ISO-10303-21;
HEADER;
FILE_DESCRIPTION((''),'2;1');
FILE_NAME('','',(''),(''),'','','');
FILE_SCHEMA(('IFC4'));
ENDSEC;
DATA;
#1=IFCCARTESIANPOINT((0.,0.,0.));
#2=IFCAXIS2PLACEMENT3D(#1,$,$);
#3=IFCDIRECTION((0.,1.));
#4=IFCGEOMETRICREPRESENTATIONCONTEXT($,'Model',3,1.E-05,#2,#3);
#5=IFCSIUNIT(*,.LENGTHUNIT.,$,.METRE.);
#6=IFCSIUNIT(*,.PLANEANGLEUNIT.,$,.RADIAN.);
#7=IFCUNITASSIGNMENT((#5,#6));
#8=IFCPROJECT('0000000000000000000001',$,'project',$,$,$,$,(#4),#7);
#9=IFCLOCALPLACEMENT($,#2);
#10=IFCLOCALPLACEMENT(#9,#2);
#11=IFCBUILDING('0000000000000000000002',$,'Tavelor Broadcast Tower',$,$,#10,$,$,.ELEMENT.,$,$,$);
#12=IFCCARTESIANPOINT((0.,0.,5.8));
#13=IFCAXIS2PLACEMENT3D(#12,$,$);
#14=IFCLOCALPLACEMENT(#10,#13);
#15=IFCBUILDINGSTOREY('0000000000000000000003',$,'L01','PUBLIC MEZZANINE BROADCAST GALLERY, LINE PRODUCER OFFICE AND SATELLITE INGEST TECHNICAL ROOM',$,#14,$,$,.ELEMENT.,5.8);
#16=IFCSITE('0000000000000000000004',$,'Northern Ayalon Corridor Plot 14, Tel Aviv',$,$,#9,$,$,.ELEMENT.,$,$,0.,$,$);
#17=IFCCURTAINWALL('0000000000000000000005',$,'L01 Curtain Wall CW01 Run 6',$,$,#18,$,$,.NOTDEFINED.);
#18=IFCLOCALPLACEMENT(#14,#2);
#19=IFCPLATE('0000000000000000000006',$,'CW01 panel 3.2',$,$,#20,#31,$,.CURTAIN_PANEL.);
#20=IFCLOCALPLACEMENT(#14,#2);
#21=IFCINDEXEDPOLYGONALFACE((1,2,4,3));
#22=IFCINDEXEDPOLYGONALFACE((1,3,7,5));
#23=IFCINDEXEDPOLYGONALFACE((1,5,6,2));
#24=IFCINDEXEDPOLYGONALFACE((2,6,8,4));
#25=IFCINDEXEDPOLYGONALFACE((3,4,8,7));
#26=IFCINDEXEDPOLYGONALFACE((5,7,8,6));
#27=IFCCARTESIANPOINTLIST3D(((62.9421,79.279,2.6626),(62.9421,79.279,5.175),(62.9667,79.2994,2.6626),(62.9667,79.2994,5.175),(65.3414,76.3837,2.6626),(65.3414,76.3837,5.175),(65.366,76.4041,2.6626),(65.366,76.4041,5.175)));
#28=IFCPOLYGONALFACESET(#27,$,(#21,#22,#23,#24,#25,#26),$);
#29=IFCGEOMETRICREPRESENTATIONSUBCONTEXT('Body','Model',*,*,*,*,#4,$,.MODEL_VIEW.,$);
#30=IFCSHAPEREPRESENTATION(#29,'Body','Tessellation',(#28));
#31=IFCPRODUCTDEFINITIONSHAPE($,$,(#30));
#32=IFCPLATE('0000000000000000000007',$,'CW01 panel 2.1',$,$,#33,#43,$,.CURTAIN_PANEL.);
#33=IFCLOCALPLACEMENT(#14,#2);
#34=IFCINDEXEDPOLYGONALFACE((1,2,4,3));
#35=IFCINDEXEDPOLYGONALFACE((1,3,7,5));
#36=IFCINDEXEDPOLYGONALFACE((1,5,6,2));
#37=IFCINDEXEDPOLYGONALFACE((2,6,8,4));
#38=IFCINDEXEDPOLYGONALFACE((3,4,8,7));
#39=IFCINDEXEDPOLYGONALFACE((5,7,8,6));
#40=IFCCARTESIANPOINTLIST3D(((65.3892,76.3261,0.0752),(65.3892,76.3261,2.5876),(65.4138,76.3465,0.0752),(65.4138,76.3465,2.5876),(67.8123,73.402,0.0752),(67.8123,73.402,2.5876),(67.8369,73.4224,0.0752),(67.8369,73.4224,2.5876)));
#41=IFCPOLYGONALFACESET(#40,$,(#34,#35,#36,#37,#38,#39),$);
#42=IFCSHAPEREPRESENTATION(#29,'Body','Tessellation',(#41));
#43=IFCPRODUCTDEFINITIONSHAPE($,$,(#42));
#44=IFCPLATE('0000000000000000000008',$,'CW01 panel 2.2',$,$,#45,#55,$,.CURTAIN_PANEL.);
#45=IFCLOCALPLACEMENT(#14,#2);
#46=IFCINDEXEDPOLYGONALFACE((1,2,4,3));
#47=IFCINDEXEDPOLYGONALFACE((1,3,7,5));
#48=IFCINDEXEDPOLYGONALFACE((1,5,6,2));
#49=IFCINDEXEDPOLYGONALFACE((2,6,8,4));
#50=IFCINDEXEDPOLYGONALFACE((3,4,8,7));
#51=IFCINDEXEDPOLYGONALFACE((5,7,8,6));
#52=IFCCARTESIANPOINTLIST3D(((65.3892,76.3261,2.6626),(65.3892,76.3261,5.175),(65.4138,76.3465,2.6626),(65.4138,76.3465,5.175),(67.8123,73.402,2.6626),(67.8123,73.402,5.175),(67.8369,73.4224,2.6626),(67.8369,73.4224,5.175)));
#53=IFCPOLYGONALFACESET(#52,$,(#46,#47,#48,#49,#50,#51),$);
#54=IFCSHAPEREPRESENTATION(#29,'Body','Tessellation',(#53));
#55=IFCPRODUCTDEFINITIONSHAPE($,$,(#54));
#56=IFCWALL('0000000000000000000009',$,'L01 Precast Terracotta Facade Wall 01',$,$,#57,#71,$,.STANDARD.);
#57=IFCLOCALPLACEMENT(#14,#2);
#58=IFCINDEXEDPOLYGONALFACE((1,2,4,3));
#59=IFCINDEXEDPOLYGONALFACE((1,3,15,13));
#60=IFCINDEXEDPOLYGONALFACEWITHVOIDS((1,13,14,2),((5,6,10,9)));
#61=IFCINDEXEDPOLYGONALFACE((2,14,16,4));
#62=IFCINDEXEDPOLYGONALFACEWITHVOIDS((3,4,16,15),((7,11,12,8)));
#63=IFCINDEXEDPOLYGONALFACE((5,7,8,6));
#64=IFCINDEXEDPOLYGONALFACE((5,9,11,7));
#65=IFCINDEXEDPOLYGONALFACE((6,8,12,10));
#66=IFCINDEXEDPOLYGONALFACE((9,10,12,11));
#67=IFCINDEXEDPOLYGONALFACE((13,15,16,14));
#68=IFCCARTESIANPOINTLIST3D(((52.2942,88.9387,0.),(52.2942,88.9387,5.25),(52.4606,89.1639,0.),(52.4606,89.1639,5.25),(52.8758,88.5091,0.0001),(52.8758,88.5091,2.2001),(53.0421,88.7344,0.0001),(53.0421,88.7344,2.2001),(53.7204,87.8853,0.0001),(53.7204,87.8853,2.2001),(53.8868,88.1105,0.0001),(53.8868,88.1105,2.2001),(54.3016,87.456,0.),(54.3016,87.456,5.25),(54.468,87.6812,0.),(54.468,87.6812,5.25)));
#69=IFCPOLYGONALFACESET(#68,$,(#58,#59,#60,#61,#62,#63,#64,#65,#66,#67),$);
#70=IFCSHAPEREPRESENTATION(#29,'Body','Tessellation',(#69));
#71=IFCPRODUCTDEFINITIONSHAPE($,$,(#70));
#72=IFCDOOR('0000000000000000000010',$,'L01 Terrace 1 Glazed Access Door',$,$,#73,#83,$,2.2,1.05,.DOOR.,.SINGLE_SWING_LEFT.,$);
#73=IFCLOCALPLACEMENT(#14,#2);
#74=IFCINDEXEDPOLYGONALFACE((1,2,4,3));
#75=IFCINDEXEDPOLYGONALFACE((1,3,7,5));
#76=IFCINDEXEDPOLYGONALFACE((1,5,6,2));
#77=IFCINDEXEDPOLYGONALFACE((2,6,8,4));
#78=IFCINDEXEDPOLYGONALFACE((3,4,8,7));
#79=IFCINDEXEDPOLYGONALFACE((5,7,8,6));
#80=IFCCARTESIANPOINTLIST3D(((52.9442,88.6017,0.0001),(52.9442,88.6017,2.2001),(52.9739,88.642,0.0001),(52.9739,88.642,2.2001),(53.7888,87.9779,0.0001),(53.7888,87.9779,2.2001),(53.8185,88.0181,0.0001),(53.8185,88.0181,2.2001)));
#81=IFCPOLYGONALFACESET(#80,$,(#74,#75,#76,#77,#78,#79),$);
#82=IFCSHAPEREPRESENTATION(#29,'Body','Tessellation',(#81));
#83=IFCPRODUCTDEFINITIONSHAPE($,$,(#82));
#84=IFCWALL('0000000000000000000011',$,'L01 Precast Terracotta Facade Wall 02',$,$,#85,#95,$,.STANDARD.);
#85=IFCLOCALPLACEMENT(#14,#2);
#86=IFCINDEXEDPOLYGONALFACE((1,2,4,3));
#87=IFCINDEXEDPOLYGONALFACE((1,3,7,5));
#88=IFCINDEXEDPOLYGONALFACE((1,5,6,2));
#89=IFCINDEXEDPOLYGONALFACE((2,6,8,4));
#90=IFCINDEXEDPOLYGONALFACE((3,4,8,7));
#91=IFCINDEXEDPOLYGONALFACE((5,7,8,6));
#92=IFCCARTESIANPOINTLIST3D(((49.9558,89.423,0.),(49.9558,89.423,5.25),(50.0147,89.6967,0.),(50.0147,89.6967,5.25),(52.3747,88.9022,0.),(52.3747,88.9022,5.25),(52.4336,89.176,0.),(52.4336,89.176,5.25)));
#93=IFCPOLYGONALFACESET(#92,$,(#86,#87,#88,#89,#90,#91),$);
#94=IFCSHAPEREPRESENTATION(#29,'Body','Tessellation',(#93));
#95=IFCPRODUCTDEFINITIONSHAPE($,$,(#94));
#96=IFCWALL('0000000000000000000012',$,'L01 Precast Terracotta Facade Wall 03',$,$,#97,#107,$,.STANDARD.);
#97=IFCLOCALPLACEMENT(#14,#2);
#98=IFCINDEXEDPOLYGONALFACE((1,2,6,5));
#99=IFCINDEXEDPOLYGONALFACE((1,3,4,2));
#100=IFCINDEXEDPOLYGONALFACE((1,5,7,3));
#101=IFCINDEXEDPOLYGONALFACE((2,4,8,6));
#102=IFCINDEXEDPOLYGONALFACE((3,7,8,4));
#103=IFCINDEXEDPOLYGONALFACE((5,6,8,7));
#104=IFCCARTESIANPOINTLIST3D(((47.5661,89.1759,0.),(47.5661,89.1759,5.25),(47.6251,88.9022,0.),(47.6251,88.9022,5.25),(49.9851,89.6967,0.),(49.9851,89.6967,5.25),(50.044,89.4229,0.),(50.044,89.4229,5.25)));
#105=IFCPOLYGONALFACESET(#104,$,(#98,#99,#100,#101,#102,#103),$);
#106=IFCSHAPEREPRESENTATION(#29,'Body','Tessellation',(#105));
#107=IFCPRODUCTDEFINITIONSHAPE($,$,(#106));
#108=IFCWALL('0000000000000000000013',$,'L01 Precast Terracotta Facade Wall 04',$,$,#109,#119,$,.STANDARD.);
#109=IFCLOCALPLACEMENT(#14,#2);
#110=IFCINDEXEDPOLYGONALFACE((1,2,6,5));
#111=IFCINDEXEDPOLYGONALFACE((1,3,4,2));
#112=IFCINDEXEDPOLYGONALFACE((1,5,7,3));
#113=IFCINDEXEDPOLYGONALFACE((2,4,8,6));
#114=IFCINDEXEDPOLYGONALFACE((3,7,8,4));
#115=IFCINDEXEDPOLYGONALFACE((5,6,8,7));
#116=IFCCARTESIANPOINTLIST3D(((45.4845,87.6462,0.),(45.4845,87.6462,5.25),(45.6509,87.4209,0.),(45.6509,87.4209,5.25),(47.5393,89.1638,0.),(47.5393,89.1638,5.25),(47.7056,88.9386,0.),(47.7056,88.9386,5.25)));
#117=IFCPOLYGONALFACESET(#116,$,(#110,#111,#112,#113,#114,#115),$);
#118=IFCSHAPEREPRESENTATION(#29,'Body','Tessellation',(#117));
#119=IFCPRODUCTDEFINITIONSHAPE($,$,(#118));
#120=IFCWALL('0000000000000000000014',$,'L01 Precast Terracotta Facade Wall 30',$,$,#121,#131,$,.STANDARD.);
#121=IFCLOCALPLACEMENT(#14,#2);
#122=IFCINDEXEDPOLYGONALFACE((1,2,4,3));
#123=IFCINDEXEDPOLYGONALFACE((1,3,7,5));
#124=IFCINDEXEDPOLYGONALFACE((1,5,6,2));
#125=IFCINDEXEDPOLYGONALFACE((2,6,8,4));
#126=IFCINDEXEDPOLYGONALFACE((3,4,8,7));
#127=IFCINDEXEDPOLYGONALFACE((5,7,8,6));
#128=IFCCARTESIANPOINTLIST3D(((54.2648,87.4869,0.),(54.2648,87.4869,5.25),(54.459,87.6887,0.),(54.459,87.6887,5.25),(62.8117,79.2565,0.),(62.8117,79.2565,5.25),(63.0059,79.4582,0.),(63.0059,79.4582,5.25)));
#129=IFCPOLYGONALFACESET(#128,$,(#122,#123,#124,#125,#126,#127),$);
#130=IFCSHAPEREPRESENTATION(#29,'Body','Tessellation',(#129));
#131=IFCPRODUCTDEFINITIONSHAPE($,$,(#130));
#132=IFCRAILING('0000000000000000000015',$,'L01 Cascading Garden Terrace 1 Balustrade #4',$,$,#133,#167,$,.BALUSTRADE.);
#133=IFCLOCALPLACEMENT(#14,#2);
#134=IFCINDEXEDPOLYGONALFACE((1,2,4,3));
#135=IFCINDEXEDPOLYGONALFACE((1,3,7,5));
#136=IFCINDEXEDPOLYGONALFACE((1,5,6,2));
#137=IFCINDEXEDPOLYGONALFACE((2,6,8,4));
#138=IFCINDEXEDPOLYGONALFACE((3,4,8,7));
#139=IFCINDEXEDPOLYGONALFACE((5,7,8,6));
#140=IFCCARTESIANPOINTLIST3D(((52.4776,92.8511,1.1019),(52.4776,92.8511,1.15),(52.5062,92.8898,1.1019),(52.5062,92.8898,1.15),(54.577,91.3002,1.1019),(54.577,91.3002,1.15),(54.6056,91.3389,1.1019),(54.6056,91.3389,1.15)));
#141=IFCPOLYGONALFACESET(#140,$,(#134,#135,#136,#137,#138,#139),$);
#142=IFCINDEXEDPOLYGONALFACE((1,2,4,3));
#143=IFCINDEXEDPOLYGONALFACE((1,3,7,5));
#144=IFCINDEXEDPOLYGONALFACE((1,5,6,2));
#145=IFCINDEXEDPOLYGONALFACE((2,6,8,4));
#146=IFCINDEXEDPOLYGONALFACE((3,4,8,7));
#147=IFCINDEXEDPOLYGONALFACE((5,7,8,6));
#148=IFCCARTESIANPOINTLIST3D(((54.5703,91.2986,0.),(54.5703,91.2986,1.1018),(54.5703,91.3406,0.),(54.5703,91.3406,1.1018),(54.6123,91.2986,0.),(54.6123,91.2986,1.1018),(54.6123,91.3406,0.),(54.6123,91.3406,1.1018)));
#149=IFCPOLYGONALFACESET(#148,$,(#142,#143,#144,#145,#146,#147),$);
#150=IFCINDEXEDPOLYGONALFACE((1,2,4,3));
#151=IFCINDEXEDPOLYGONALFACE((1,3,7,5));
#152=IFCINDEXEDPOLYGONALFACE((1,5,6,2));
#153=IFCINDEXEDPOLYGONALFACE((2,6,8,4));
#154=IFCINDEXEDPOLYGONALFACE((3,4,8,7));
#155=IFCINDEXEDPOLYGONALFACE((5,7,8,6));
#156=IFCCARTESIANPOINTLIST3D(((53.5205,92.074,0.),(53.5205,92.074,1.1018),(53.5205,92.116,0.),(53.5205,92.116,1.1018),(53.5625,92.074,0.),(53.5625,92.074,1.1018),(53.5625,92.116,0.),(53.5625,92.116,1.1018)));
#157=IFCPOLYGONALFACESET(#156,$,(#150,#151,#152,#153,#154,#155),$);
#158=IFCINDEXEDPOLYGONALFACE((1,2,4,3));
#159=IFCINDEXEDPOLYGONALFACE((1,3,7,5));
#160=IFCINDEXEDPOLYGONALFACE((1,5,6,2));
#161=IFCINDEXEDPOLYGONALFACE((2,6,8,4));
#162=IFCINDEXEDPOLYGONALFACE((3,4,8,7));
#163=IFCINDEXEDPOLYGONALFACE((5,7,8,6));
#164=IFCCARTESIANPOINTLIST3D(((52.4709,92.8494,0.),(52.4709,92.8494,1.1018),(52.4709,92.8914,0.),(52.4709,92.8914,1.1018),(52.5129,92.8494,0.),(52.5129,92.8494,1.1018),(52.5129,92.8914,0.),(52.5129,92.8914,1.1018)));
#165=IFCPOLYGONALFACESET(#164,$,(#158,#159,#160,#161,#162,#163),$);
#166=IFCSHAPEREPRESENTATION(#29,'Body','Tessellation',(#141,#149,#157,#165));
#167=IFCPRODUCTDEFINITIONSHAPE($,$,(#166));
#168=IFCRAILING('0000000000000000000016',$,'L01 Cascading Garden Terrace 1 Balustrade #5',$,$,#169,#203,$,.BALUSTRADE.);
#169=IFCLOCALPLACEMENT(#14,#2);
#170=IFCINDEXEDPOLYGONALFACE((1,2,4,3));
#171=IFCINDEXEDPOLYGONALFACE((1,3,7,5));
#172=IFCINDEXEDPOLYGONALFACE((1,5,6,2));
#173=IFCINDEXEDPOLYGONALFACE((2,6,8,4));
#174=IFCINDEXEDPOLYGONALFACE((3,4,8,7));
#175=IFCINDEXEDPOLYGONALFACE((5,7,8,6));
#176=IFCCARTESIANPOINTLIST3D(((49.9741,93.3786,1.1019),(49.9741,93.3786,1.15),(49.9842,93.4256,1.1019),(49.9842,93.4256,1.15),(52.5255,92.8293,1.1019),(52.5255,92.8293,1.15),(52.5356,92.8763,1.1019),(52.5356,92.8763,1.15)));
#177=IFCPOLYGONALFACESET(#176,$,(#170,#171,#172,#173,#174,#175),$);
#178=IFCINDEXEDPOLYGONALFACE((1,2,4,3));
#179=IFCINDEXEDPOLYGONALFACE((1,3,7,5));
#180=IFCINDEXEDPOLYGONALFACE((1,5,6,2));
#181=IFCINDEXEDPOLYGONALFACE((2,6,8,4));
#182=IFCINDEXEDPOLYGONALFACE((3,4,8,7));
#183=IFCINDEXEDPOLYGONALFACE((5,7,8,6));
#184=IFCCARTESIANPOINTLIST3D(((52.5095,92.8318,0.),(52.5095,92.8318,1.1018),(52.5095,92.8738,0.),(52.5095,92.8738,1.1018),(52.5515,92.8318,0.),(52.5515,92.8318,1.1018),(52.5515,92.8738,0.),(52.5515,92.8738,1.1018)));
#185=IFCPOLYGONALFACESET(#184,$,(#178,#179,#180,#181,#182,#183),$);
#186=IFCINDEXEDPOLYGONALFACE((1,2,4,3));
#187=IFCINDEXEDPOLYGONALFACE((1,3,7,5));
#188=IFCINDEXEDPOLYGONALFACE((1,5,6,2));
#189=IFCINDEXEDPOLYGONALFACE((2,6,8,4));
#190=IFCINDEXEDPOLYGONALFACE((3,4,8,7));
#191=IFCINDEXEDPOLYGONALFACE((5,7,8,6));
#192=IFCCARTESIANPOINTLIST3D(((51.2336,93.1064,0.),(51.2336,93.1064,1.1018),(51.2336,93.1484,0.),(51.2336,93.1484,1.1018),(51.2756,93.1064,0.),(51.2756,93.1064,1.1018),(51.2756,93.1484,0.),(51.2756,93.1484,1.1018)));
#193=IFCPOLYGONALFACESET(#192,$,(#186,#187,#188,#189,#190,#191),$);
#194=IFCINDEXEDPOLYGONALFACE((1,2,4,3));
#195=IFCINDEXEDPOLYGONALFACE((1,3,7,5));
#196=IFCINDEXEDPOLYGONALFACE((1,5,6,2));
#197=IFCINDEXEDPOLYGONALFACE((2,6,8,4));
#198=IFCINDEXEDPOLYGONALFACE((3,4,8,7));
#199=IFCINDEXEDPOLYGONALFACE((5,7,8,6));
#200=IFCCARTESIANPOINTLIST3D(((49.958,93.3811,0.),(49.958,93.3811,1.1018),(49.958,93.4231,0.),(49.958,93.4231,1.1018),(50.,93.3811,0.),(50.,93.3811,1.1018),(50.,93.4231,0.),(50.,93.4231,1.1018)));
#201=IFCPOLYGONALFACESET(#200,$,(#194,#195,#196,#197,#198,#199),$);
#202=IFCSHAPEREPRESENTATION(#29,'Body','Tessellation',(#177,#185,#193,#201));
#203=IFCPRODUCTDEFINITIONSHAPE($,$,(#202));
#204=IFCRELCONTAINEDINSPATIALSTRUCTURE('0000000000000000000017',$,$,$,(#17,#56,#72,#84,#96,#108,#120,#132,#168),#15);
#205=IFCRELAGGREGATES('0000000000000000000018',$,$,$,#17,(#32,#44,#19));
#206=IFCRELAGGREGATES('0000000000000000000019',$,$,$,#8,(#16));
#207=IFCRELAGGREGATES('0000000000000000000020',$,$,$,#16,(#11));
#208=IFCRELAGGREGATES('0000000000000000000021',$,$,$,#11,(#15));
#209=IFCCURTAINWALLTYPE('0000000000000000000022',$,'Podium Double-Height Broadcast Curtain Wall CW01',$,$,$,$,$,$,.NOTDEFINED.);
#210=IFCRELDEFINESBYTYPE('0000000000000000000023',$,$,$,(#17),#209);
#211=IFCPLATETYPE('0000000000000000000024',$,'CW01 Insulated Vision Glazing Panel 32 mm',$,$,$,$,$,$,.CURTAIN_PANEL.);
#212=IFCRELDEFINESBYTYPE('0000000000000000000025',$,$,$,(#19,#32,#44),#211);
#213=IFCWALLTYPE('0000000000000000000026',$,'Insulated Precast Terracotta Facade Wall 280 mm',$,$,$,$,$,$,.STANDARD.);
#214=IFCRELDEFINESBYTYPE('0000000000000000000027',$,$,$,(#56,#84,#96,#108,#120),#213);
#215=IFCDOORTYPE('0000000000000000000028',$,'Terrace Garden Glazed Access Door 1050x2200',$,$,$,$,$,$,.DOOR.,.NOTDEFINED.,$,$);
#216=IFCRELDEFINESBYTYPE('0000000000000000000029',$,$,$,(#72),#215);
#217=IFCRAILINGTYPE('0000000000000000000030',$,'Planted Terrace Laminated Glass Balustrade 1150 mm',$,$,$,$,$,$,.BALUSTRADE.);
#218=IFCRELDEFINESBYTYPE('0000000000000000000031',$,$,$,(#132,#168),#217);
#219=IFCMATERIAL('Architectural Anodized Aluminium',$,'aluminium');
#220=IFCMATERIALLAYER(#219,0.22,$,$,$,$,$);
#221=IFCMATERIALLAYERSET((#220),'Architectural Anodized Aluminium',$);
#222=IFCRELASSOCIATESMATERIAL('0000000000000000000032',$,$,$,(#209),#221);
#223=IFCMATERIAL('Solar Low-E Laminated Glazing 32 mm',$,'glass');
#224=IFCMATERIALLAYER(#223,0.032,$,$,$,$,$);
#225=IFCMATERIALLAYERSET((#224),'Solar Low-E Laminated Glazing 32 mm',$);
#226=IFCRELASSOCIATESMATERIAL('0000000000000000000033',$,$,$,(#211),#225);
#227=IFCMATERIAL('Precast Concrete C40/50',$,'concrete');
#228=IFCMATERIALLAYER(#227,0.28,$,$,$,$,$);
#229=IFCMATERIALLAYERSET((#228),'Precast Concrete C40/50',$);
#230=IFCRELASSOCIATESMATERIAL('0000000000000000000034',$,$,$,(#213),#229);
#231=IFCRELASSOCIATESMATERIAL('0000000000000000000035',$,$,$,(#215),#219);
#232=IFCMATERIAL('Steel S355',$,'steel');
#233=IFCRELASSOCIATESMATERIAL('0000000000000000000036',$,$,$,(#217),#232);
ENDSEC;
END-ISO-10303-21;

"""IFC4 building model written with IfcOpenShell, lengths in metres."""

from ifc_helpers import new_model, si_unit, direction, frame, frame_2d, origin, origin_2d, place, context, subcontext, project, spatial, rectangle, extrude, source, transform, mapped, material, layer, layer_set, type_object, type_shapes, element, fill, aggregate, save


model = new_model("IFC4")

# Units and contexts
model_context = context("Model", 3, precision=1e-05, world=origin(), true_north=direction((0.0, 1.0)))
body_context = subcontext(model_context, "Body", "Model", "MODEL_VIEW")
ifc_project = project(units=[si_unit("LENGTHUNIT", "METRE"), si_unit("PLANEANGLEUNIT", "RADIAN")], contexts=[model_context])

# Site, building, storey
site_placement = place(None, origin())
site = spatial("IfcSite", under=ifc_project, at=site_placement, Name="Northern Ayalon Corridor Plot 14, Tel Aviv", CompositionType="ELEMENT", RefElevation=0.0)
building_placement = place(site_placement, origin())
building = spatial("IfcBuilding", under=site, at=building_placement, Name="Tavelor Broadcast Tower", CompositionType="ELEMENT")
storey_placement = place(building_placement, frame((0.0, 0.0, 5.8)))
storey = spatial("IfcBuildingStorey", under=building, at=storey_placement, Name="L01", Description="PUBLIC MEZZANINE BROADCAST GALLERY, LINE PRODUCER OFFICE AND SATELLITE INGEST TECHNICAL ROOM", CompositionType="ELEMENT", Elevation=5.8)

# Curtain wall
ifc_material_1 = material(Name="Architectural Anodized Aluminium", Category="aluminium")
ifc_layer_1 = layer(ifc_material_1, 0.22)
ifc_layer_set_1 = layer_set([ifc_layer_1], Name="Architectural Anodized Aluminium")
curtain_wall_type = type_object("IfcCurtainWallType", Name="Podium Double-Height Broadcast Curtain Wall CW01", PredefinedType="NOTDEFINED", material=ifc_layer_set_1)
curtain_wall_placement = place(storey_placement, origin())
curtain_wall = element("IfcCurtainWall", 1, at=curtain_wall_placement, inside=storey, type_object=curtain_wall_type, Name="L01 Curtain Wall CW01 Run 6", PredefinedType="NOTDEFINED")

# Plates
ifc_material_2 = material(Name="Solar Low-E Laminated Glazing 32 mm", Category="glass")
ifc_layer_2 = layer(ifc_material_2, 0.032)
ifc_layer_set_2 = layer_set([ifc_layer_2], Name="Solar Low-E Laminated Glazing 32 mm")
plate_type_1 = type_object("IfcPlateType", Name="CW01 Insulated Vision Glazing Panel 32 mm", PredefinedType="CURTAIN_PANEL", material=ifc_layer_set_2)
shared_shape_1 = source(origin(), body_context, "Body", "SweptSolid", [
    extrude(rectangle(XDim=3.7603, YDim=0.032, at=origin_2d()), origin(), (0.0, 0.0, 1.0), 2.5125),
])
plate_1_placement = place(storey_placement, frame((64.1541, 77.8416, 2.6626), z_axis=(0.0, 0.0, 1.0), x_axis=(-0.638071, 0.769978, 0.0)))
plate_1 = element("IfcPlate", 2, at=plate_1_placement, type_object=plate_type_1, Name="CW01 panel 3.2", PredefinedType="CURTAIN_PANEL", context=body_context, shape_type="MappedRepresentation", body=[
    mapped(shared_shape_1, transform((0.0, 0.0, 0.0), scale=1.0)),
])
shared_shape_2 = source(origin(), body_context, "Body", "SweptSolid", [
    extrude(rectangle(XDim=3.7976, YDim=0.032, at=origin_2d()), origin(), (0.0, 0.0, 1.0), 2.5125),
])
type_shapes(plate_type_1, [shared_shape_1, shared_shape_2])
plate_2_placement = place(storey_placement, frame((66.613, 74.8743, 0.0752), z_axis=(0.0, 0.0, 1.0), x_axis=(-0.638071, 0.769978, 0.0)))
plate_2 = element("IfcPlate", 3, at=plate_2_placement, type_object=plate_type_1, Name="CW01 panel 2.1", PredefinedType="CURTAIN_PANEL", context=body_context, shape_type="MappedRepresentation", body=[
    mapped(shared_shape_2, transform((0.0, 0.0, 0.0), scale=1.0)),
])
plate_3_placement = place(storey_placement, frame((66.613, 74.8743, 2.6626), z_axis=(0.0, 0.0, 1.0), x_axis=(-0.638071, 0.769978, 0.0)))
plate_3 = element("IfcPlate", 4, at=plate_3_placement, type_object=plate_type_1, Name="CW01 panel 2.2", PredefinedType="CURTAIN_PANEL", context=body_context, shape_type="MappedRepresentation", body=[
    mapped(shared_shape_2, transform((0.0, 0.0, 0.0), scale=1.0)),
])
aggregate(curtain_wall, [plate_2, plate_3, plate_1])

# Wall, opening, door
ifc_material_3 = material(Name="Precast Concrete C40/50", Category="concrete")
ifc_layer_3 = layer(ifc_material_3, 0.28)
ifc_layer_set_3 = layer_set([ifc_layer_3], Name="Precast Concrete C40/50")
wall_type = type_object("IfcWallType", Name="Insulated Precast Terracotta Facade Wall 280 mm", PredefinedType="STANDARD", material=ifc_layer_set_3)
wall_1_placement = place(storey_placement, frame((54.3848, 87.5686, 0.0), z_axis=(0.0, 0.0, 1.0), x_axis=(-0.804369, 0.59413, 0.0)))
wall_1 = element("IfcWall", 5, at=wall_1_placement, inside=storey, type_object=wall_type, Name="L01 Precast Terracotta Facade Wall 01", PredefinedType="STANDARD", context=body_context, shape_type="SweptSolid", body=[
    extrude(rectangle(XDim=2.4956, YDim=0.28, at=frame_2d((1.2478, 0.0))), origin(), (0.0, 0.0, 1.0), 5.25),
])
opening_placement = place(wall_1_placement, frame((0.7227, 0.0, 0.0)))
opening = element("IfcOpeningElement", 6, at=opening_placement, cuts=wall_1, PredefinedType="OPENING", context=body_context, shape_type="SweptSolid", body=[
    extrude(rectangle(XDim=1.05, YDim=2.2, at=frame_2d((0.5249, 1.1001))), frame((0.0, 0.1499, 0.0), z_axis=(0.0, -1.0, 0.0), x_axis=(1.0, 0.0, 0.0)), (0.0, 0.0, 1.0), 0.3),
])
door_type = type_object("IfcDoorType", Name="Terrace Garden Glazed Access Door 1050x2200", OperationType="NOTDEFINED", PredefinedType="DOOR", material=ifc_material_1)
door_placement = place(opening_placement, origin())
door = element("IfcDoor", 7, at=door_placement, inside=storey, type_object=door_type, Name="L01 Terrace 1 Glazed Access Door", OperationType="SINGLE_SWING_LEFT", OverallHeight=2.2, OverallWidth=1.05, PredefinedType="DOOR", context=body_context, shape_type="SweptSolid", body=[
    extrude(rectangle(XDim=1.05, YDim=2.2, at=frame_2d((0.5249, 1.1001))), frame((0.0, 0.0249, 0.0), z_axis=(0.0, -1.0, 0.0), x_axis=(1.0, 0.0, 0.0)), (0.0, 0.0, 1.0), 0.05),
])
fill(opening, door)

# Walls
for number, where, z_axis, x_axis, name in (
    (8, (52.4043, 89.0391, 0.0), (0.0, 0.0, 1.0), (-0.977603, 0.210459, 0.0), "L01 Precast Terracotta Facade Wall 02"),
    (9, (50.0146, 89.5598, 0.0), (0.0, 0.0, 1.0), (-0.977603, -0.210459, 0.0), "L01 Precast Terracotta Facade Wall 03"),
):
    element("IfcWall", number, at=place(storey_placement, frame(where, z_axis=z_axis, x_axis=x_axis)), inside=storey, type_object=wall_type, Name=name, PredefinedType="STANDARD", context=body_context, shape_type="SweptSolid", body=[
        extrude(rectangle(XDim=2.4744, YDim=0.28, at=frame_2d((1.2373, 0.0))), origin(), (0.0, 0.0, 1.0), 5.25),
    ])
wall_2_placement = place(storey_placement, frame((47.6226, 89.0513, 0.0), z_axis=(0.0, 0.0, 1.0), x_axis=(-0.804383, -0.594112, 0.0)))
element("IfcWall", 10, at=wall_2_placement, inside=storey, type_object=wall_type, Name="L01 Precast Terracotta Facade Wall 04", PredefinedType="STANDARD", context=body_context, shape_type="SweptSolid", body=[
    extrude(rectangle(XDim=2.5544, YDim=0.28, at=frame_2d((1.2773, 0.0))), origin(), (0.0, 0.0, 1.0), 5.25),
])
wall_3_placement = place(storey_placement, frame((62.9087, 79.3574, 0.0), z_axis=(0.0, 0.0, 1.0), x_axis=(-0.720314, 0.693648, 0.0)))
element("IfcWall", 11, at=wall_3_placement, inside=storey, type_object=wall_type, Name="L01 Precast Terracotta Facade Wall 30", PredefinedType="STANDARD", context=body_context, shape_type="SweptSolid", body=[
    extrude(rectangle(XDim=11.8655, YDim=0.28, at=frame_2d((5.9326, 0.0))), origin(), (0.0, 0.0, 1.0), 5.25),
])

# Railings
ifc_material_4 = material(Name="Steel S355", Category="steel")
railing_type = type_object("IfcRailingType", Name="Planted Terrace Laminated Glass Balustrade 1150 mm", PredefinedType="BALUSTRADE", material=ifc_material_4)
railing_1_placement = place(storey_placement, frame((54.5913, 91.3196, 0.0)))
element("IfcRailing", 12, at=railing_1_placement, inside=storey, type_object=railing_type, Name="L01 Cascading Garden Terrace 1 Balustrade #4", PredefinedType="BALUSTRADE", context=body_context, shape_type="SweptSolid", body=[
    extrude(rectangle(XDim=0.0481, YDim=0.0481, at=origin_2d()), frame((0.0, 0.0, 1.126), z_axis=(-0.804345, 0.594162, 0.0), x_axis=(-0.594162, -0.804345, 0.0)), (0.0, 0.0, 1.0), 2.6101),
    extrude(rectangle(XDim=0.042, YDim=0.042, at=origin_2d()), origin(), (0.0, 0.0, 1.0), 1.1018),
    extrude(rectangle(XDim=0.042, YDim=0.042, at=origin_2d()), frame((-1.0498, 0.7754, 0.0)), (0.0, 0.0, 1.0), 1.1018),
    extrude(rectangle(XDim=0.042, YDim=0.042, at=origin_2d()), frame((-2.0994, 1.5508, 0.0)), (0.0, 0.0, 1.0), 1.1018),
])
railing_2_placement = place(storey_placement, frame((52.5305, 92.8528, 0.0)))
element("IfcRailing", 13, at=railing_2_placement, inside=storey, type_object=railing_type, Name="L01 Cascading Garden Terrace 1 Balustrade #5", PredefinedType="BALUSTRADE", context=body_context, shape_type="SweptSolid", body=[
    extrude(rectangle(XDim=0.0481, YDim=0.0481, at=origin_2d()), frame((0.0, 0.0, 1.126), z_axis=(-0.977601, 0.210468, 0.0), x_axis=(-0.210468, -0.977601, 0.0)), (0.0, 0.0, 1.0), 2.6099),
    extrude(rectangle(XDim=0.042, YDim=0.042, at=origin_2d()), origin(), (0.0, 0.0, 1.0), 1.1018),
    extrude(rectangle(XDim=0.042, YDim=0.042, at=origin_2d()), frame((-1.2759, 0.2747, 0.0)), (0.0, 0.0, 1.0), 1.1018),
    extrude(rectangle(XDim=0.042, YDim=0.042, at=origin_2d()), frame((-2.5515, 0.5493, 0.0)), (0.0, 0.0, 1.0), 1.1018),
])

save(model, "model.ifc")
